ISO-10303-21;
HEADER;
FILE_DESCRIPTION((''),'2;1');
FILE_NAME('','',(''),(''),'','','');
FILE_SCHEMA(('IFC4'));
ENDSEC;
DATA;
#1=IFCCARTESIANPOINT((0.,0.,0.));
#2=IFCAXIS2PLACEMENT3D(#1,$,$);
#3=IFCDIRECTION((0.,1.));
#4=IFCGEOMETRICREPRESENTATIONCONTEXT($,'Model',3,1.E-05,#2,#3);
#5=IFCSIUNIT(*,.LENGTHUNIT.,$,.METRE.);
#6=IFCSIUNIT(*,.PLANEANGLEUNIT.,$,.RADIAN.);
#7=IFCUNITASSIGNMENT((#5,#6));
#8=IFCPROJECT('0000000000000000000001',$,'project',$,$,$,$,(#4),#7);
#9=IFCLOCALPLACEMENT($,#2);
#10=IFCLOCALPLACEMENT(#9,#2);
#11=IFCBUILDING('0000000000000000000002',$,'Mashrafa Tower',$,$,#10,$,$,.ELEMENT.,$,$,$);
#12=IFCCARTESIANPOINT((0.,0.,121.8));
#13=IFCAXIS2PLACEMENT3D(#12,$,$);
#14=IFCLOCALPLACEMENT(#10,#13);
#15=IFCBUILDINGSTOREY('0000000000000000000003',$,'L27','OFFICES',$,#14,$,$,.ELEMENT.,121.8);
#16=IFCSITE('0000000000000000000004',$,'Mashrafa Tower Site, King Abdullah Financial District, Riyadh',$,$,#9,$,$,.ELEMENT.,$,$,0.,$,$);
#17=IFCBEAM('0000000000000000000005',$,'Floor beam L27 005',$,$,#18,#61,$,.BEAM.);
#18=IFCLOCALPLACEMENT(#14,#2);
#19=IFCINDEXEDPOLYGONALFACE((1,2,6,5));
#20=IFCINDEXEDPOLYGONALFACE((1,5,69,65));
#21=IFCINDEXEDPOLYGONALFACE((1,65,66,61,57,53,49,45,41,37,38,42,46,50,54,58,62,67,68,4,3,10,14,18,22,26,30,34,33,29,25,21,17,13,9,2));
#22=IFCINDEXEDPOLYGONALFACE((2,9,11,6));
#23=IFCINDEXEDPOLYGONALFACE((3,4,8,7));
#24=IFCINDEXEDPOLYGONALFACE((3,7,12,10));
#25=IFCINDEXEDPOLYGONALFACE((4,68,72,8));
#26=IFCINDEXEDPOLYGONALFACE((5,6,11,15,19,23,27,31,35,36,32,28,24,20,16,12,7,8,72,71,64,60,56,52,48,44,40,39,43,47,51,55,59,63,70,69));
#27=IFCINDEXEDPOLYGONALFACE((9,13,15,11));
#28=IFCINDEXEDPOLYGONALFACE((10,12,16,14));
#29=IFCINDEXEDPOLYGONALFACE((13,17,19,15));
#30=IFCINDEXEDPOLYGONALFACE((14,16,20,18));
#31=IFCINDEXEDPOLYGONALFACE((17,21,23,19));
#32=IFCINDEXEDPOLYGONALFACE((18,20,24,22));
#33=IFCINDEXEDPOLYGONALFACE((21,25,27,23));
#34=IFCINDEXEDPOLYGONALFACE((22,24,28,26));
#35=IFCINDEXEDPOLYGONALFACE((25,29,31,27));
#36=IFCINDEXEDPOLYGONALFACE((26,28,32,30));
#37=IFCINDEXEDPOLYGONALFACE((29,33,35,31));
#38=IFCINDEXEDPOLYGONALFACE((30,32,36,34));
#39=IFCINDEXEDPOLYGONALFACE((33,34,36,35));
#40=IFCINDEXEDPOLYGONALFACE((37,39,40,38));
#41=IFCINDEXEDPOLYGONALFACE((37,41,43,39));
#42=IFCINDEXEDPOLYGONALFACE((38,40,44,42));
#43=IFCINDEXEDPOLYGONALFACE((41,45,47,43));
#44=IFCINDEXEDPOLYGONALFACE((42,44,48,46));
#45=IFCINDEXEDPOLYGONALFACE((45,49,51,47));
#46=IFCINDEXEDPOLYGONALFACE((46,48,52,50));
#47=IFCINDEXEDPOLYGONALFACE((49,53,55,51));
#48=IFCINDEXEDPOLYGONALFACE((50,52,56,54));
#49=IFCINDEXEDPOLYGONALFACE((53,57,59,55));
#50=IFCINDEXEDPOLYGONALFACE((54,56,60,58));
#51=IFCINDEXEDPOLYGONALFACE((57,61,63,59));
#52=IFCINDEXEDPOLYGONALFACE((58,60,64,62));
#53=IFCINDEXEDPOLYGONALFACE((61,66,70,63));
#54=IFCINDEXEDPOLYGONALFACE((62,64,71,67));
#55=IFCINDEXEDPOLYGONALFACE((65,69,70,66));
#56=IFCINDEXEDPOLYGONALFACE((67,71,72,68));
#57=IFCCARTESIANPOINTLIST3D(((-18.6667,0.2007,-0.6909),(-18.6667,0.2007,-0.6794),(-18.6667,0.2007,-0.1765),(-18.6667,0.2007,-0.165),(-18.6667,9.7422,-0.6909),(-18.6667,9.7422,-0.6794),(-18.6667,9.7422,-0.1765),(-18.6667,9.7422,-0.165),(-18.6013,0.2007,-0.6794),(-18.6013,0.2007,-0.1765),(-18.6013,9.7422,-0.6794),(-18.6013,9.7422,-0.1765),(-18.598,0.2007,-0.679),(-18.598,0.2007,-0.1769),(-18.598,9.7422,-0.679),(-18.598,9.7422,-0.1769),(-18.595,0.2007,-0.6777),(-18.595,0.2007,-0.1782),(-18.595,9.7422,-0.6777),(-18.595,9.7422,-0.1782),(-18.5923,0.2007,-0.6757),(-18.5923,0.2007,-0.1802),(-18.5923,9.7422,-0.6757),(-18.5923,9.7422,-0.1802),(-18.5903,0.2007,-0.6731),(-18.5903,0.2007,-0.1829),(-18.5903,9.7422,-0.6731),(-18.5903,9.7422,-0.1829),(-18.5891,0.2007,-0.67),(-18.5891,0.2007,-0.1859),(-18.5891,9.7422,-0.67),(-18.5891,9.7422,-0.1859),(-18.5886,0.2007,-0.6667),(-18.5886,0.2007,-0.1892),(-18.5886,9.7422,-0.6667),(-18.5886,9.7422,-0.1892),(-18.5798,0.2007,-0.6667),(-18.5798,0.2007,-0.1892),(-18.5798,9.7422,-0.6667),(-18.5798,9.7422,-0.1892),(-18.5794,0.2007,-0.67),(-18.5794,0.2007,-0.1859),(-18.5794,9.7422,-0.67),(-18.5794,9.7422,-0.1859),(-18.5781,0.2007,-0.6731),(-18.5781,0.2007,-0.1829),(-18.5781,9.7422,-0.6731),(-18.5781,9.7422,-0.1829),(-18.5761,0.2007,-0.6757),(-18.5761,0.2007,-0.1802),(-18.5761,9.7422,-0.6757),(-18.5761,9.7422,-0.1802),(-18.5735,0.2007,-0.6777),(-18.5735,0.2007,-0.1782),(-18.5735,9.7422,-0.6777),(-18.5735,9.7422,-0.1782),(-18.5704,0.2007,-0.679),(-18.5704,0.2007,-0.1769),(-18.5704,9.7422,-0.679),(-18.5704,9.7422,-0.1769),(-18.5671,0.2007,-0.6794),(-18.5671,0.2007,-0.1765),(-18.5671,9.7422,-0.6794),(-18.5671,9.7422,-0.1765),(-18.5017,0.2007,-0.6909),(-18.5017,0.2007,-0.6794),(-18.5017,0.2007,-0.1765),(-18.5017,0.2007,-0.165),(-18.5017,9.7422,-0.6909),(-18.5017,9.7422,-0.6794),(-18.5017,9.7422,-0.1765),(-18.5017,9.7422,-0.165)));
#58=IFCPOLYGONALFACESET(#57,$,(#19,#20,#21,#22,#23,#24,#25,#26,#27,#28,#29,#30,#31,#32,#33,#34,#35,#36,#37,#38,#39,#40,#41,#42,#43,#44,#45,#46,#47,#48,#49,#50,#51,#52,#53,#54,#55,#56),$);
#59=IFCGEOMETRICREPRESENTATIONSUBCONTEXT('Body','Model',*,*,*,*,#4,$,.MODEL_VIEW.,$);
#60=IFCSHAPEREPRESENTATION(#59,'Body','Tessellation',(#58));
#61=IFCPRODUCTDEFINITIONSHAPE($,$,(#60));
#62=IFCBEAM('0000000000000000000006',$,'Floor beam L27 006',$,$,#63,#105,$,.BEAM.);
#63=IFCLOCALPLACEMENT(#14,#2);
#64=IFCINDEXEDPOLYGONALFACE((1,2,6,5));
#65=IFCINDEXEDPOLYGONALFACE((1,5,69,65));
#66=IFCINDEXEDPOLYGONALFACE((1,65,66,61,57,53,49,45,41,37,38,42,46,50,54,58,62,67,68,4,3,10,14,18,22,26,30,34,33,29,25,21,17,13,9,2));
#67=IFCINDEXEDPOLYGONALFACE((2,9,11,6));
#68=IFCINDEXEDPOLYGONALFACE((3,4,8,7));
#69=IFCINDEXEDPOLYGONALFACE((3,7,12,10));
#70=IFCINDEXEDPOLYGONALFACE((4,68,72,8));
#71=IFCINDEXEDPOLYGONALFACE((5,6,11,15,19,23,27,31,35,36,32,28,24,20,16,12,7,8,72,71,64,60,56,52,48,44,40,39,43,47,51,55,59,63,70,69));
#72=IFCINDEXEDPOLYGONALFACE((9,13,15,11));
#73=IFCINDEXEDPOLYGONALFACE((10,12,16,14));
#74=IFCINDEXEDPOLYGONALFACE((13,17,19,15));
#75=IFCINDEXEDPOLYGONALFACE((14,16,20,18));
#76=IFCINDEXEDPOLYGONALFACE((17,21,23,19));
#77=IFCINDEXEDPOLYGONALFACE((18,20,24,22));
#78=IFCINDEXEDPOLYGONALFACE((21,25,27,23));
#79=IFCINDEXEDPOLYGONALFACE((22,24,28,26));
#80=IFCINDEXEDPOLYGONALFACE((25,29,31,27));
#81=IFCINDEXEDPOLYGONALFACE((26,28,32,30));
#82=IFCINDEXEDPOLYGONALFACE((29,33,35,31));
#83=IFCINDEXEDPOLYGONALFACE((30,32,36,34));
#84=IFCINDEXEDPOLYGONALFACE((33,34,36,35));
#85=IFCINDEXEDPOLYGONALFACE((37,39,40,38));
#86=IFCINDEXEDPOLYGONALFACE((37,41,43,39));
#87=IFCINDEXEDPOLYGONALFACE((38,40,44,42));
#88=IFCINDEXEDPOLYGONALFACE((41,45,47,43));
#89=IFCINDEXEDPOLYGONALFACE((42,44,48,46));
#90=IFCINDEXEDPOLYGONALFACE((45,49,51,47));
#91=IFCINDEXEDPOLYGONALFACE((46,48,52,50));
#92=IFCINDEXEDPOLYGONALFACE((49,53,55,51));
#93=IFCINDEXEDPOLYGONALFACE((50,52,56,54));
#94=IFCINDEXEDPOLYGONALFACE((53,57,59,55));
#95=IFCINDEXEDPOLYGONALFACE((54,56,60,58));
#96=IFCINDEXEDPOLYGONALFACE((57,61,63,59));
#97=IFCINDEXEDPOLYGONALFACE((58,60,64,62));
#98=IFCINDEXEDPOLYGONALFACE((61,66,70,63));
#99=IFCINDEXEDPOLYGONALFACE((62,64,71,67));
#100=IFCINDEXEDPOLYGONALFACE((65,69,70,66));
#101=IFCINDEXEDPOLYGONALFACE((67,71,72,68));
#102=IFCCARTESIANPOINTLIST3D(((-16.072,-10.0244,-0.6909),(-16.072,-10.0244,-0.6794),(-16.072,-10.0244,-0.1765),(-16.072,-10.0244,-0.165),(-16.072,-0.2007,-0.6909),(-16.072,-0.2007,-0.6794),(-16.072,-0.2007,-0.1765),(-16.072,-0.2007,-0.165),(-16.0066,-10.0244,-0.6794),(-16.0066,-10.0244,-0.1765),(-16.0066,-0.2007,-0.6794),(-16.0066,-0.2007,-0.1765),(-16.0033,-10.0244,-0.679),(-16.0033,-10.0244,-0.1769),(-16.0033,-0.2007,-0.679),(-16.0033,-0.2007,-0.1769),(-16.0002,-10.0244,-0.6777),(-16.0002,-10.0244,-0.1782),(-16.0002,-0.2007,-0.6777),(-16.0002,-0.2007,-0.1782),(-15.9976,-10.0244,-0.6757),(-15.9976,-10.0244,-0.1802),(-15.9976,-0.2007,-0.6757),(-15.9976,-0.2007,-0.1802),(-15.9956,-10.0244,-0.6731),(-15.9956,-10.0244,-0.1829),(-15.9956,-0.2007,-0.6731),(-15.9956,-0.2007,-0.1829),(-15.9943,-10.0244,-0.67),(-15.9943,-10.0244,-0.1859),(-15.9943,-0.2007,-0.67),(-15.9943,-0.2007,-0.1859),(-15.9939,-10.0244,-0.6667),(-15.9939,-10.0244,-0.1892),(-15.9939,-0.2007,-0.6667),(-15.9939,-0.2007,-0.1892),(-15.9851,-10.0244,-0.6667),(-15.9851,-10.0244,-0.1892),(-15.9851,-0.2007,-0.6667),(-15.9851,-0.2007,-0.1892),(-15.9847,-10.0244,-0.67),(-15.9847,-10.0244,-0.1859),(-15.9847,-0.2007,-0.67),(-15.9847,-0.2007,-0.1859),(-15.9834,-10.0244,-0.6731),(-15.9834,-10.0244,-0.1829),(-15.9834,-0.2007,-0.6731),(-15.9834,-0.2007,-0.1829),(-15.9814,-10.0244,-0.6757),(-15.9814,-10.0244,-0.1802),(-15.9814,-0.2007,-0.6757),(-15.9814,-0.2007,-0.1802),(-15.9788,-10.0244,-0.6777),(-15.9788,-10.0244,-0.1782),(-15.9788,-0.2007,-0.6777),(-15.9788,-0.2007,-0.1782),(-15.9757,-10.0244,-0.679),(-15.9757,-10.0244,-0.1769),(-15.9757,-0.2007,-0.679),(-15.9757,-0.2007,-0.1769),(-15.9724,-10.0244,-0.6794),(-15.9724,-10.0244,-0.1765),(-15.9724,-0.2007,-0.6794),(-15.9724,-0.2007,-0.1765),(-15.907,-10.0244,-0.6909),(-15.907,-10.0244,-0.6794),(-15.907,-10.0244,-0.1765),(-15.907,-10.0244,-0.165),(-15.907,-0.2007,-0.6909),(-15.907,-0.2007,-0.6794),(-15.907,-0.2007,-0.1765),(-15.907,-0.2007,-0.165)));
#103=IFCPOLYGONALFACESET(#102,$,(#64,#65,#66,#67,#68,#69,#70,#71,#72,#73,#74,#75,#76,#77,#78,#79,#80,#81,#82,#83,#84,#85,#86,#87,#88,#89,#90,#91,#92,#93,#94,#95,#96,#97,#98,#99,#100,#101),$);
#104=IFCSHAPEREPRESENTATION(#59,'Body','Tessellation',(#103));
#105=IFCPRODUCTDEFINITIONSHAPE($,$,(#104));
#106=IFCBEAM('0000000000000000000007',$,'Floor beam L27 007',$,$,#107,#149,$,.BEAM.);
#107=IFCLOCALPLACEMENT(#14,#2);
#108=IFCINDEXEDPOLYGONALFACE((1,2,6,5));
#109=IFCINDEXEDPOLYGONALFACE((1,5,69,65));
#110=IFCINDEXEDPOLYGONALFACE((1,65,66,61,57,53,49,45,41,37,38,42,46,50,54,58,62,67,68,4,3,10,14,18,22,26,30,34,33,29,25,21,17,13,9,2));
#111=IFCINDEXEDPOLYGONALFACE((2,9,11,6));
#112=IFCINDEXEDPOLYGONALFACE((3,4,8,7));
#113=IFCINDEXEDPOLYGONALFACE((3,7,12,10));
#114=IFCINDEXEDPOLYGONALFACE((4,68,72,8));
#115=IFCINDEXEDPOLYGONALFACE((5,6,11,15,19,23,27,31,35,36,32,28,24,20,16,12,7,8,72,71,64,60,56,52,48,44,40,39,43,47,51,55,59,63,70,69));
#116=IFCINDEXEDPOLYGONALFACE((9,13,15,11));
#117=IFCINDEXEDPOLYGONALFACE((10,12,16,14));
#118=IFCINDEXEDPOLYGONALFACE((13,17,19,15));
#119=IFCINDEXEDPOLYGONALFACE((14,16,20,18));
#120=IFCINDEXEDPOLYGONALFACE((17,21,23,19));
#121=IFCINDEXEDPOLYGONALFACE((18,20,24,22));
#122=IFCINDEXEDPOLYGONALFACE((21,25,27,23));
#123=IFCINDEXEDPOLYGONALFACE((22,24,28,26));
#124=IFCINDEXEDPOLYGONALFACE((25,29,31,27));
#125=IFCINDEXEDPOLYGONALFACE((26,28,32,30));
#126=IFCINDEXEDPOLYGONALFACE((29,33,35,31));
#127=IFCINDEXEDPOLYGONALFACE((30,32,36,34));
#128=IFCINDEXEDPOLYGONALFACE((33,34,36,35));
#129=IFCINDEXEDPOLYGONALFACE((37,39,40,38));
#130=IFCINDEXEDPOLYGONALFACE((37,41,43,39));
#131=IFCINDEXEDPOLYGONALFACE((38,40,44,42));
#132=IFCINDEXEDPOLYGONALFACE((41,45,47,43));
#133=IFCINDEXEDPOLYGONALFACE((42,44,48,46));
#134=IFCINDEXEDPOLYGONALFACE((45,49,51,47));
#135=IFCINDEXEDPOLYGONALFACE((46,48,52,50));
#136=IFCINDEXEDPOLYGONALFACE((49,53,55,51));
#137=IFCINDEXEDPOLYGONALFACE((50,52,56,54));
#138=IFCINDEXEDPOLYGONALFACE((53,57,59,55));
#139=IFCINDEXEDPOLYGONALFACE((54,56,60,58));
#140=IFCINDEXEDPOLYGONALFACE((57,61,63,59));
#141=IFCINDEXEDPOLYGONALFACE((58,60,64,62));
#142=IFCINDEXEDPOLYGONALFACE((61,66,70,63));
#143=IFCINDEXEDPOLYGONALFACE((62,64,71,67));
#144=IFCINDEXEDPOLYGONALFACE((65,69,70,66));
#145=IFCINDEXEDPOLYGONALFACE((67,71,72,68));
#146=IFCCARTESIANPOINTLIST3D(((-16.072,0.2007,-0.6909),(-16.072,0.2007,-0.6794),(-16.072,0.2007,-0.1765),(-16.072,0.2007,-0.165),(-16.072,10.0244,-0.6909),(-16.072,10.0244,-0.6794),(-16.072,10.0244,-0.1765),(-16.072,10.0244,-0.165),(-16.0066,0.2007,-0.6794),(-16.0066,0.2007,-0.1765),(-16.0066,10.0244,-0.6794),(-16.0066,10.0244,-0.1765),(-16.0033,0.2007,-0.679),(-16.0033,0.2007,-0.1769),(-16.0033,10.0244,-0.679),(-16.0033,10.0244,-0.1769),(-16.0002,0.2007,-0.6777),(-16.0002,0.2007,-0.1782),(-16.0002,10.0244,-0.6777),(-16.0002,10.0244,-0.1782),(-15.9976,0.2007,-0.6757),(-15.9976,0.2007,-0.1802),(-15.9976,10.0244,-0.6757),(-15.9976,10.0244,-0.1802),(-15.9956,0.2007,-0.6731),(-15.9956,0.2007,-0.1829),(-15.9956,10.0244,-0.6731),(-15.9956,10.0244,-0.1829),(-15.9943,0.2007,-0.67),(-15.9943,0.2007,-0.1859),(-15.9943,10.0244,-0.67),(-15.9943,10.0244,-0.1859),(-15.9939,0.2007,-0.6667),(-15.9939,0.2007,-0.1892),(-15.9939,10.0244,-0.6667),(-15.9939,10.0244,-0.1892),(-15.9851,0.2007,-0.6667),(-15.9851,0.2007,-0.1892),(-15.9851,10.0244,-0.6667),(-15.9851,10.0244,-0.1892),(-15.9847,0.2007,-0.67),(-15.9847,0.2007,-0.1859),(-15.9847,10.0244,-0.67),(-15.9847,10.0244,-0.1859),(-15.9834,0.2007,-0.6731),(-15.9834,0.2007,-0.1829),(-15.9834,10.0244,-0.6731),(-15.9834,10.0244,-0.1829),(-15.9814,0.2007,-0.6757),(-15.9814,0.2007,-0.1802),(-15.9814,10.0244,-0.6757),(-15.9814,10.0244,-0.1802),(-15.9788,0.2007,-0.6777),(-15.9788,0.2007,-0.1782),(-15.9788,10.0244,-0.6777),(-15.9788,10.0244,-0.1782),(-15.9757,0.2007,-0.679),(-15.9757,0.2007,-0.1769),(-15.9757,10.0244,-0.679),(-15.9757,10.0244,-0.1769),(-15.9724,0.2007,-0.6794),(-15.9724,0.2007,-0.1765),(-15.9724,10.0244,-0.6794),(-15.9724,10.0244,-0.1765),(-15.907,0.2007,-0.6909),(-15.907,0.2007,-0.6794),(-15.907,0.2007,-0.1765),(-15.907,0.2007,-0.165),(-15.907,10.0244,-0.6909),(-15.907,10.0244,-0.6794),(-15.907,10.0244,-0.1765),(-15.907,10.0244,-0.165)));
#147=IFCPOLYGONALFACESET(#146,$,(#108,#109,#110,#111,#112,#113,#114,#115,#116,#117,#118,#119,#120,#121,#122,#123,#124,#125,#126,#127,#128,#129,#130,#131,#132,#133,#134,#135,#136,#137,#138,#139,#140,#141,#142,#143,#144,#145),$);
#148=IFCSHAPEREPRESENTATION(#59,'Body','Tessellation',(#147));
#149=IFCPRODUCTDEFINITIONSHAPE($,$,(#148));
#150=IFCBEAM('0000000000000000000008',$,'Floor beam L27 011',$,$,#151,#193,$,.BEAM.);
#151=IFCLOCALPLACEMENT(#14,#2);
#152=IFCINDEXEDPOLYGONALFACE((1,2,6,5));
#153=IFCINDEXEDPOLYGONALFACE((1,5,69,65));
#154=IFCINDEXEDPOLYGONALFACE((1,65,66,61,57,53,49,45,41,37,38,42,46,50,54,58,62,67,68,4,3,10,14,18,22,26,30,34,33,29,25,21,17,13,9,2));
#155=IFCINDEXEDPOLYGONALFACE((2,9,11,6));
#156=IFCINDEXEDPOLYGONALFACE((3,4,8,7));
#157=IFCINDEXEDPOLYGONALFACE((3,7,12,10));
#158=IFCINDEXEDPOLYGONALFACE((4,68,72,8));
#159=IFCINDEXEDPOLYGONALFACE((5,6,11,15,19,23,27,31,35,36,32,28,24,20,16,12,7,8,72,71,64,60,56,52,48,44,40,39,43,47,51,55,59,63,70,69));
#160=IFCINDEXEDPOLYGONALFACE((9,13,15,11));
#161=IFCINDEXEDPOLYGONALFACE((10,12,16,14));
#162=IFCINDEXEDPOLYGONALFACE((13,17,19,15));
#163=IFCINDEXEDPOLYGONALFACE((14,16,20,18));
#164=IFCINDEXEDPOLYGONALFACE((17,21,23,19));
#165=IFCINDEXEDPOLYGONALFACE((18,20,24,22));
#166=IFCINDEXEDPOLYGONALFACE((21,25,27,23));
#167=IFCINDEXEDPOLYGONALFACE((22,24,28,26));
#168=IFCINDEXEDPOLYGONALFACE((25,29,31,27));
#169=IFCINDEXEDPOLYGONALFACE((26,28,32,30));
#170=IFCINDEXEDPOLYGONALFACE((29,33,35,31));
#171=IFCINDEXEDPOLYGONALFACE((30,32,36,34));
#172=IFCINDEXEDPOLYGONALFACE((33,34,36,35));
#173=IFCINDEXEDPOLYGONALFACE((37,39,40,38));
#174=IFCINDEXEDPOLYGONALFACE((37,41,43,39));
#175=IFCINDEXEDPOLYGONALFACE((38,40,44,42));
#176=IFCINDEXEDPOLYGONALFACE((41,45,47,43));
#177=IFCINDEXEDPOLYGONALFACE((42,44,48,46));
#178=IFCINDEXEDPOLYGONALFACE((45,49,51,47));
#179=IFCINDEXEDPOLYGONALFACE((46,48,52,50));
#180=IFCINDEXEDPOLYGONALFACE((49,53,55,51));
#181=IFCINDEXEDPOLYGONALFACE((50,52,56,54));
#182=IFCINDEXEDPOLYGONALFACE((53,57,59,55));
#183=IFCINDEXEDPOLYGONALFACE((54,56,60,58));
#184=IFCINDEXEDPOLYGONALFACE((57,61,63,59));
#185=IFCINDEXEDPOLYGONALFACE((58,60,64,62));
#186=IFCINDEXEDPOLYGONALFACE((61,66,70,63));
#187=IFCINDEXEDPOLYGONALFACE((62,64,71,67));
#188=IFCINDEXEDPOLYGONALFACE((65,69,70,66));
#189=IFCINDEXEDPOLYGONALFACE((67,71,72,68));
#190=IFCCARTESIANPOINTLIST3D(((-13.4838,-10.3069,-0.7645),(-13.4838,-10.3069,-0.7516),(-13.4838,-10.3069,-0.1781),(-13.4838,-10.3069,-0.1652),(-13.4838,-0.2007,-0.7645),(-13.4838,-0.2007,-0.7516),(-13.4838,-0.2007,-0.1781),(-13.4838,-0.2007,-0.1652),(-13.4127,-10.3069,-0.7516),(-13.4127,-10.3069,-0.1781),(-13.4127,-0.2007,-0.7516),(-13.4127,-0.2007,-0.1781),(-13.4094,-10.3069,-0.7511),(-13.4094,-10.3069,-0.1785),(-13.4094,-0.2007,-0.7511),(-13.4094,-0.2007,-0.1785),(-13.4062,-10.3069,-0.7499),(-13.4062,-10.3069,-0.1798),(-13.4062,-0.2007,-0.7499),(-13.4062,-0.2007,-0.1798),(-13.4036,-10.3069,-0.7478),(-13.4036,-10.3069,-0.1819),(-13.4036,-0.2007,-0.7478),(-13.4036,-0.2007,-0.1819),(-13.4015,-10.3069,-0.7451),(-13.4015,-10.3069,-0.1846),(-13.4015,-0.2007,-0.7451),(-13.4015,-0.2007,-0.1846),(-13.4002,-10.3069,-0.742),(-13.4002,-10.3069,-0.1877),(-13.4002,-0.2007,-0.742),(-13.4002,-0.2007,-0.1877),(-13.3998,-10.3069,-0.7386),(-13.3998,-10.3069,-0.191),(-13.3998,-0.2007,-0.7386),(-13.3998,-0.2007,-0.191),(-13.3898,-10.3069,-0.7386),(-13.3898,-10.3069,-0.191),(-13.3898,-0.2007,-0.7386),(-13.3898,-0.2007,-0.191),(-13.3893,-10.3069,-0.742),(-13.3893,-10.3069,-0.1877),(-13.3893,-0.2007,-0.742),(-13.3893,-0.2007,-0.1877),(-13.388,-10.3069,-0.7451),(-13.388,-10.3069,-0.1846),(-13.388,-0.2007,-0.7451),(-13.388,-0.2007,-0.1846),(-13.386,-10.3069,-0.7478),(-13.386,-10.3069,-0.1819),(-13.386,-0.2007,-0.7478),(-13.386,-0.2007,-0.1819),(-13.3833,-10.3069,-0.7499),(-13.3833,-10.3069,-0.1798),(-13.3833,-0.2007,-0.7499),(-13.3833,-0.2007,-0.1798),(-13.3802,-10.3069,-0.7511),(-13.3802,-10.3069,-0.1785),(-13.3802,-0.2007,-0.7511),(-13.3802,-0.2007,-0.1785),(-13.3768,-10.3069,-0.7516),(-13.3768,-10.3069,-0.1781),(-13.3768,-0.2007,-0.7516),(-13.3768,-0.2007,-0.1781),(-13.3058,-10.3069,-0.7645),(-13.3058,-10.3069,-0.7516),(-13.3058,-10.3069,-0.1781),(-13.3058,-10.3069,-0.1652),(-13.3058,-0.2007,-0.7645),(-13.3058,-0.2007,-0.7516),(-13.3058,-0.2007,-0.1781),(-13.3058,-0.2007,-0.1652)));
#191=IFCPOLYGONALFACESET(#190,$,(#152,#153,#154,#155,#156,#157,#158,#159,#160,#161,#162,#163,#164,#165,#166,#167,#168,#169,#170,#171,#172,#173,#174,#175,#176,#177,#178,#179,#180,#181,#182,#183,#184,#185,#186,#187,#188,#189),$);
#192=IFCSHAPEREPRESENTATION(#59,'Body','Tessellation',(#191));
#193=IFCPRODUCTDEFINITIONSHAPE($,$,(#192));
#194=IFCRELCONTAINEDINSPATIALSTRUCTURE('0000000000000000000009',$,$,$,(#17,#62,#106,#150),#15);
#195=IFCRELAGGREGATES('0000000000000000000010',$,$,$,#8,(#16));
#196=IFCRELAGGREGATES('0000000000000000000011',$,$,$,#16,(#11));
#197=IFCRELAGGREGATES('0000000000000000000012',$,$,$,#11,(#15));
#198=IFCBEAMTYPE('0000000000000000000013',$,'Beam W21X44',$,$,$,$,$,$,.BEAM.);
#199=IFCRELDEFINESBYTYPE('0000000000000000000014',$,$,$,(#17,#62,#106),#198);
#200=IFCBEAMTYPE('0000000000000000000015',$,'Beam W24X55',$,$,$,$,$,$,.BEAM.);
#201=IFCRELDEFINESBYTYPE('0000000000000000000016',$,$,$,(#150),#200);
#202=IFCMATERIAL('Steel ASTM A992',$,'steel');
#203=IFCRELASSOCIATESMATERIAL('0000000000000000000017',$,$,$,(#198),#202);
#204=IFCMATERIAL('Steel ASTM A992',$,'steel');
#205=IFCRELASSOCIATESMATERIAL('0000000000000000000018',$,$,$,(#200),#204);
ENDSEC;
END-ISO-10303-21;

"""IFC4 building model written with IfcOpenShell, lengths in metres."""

from ifc_helpers import new_model, si_unit, direction, frame, origin, origin_2d, place, context, subcontext, project, spatial, i_section, extrude, material, material_profile, profile_set, type_object, element, save


model = new_model("IFC4")

# Units and contexts
model_context = context("Model", 3, precision=1e-05, world=origin(), true_north=direction((0.0, 1.0)))
body_context = subcontext(model_context, "Body", "Model", "MODEL_VIEW")
ifc_project = project(units=[si_unit("LENGTHUNIT", "METRE"), si_unit("PLANEANGLEUNIT", "RADIAN")], contexts=[model_context])

# Site, building, storey
site_placement = place(None, origin())
site = spatial("IfcSite", under=ifc_project, at=site_placement, Name="Mashrafa Tower Site, King Abdullah Financial District, Riyadh", CompositionType="ELEMENT", RefElevation=0.0)
building_placement = place(site_placement, origin())
building = spatial("IfcBuilding", under=site, at=building_placement, Name="Mashrafa Tower", CompositionType="ELEMENT")
storey_placement = place(building_placement, frame((0.0, 0.0, 121.8)))
storey = spatial("IfcBuildingStorey", under=building, at=storey_placement, Name="L27", Description="OFFICES", CompositionType="ELEMENT", Elevation=121.8)

# Beams
ifc_material_1 = material(Name="Steel ASTM A992", Category="steel")
ifc_material_profile_1 = material_profile(ifc_material_1, i_section(OverallWidth=0.165, OverallDepth=0.5259, WebThickness=0.0088, FlangeThickness=0.0115, FilletRadius=0.0127, at=origin_2d()), Name="W21X44")
ifc_profile_set_1 = profile_set([ifc_material_profile_1], Name="Steel ASTM A992")
beam_type_1 = type_object("IfcBeamType", Name="Beam W21X44", PredefinedType="BEAM", material=ifc_profile_set_1)
beam_1_placement = place(storey_placement, frame((-18.5842, 0.2007, -0.428), z_axis=(0.0, 1.0, 0.0), x_axis=(-1.0, 0.0, 0.0)))
element("IfcBeam", 1, at=beam_1_placement, inside=storey, type_object=beam_type_1, Name="Floor beam L27 005", PredefinedType="BEAM", context=body_context, shape_type="SweptSolid", body=[
    extrude(i_section(OverallWidth=0.165, OverallDepth=0.5259, WebThickness=0.0088, FlangeThickness=0.0115, FilletRadius=0.0127, at=origin_2d()), origin(), (0.0, 0.0, 1.0), 9.5415),
])
for number, where, z_axis, x_axis, name in (
    (2, (-15.9895, -10.0244, -0.428), (0.0, 1.0, 0.0), (-1.0, 0.0, 0.0), "Floor beam L27 006"),
    (3, (-15.9895, 0.2007, -0.428), (0.0, 1.0, 0.0), (-1.0, 0.0, 0.0), "Floor beam L27 007"),
):
    element("IfcBeam", number, at=place(storey_placement, frame(where, z_axis=z_axis, x_axis=x_axis)), inside=storey, type_object=beam_type_1, Name=name, PredefinedType="BEAM", context=body_context, shape_type="SweptSolid", body=[
        extrude(i_section(OverallWidth=0.165, OverallDepth=0.5259, WebThickness=0.0088, FlangeThickness=0.0115, FilletRadius=0.0127, at=origin_2d()), origin(), (0.0, 0.0, 1.0), 9.8237),
    ])
ifc_material_2 = material(Name="Steel ASTM A992", Category="steel")
ifc_material_profile_2 = material_profile(ifc_material_2, i_section(OverallWidth=0.178, OverallDepth=0.5994, WebThickness=0.01, FlangeThickness=0.0129, FilletRadius=0.0129, at=origin_2d()), Name="W24X55")
ifc_profile_set_2 = profile_set([ifc_material_profile_2], Name="Steel ASTM A992")
beam_type_2 = type_object("IfcBeamType", Name="Beam W24X55", PredefinedType="BEAM", material=ifc_profile_set_2)
for number, where, z_axis, x_axis, name in (
    (4, (-13.3948, -10.3069, -0.4648), (0.0, 1.0, 0.0), (-1.0, 0.0, 0.0), "Floor beam L27 011"),
):
    element("IfcBeam", number, at=place(storey_placement, frame(where, z_axis=z_axis, x_axis=x_axis)), inside=storey, type_object=beam_type_2, Name=name, PredefinedType="BEAM", context=body_context, shape_type="SweptSolid", body=[
        extrude(i_section(OverallWidth=0.178, OverallDepth=0.5994, WebThickness=0.01, FlangeThickness=0.0129, FilletRadius=0.0129, at=origin_2d()), origin(), (0.0, 0.0, 1.0), 10.1062),
    ])

save(model, "model.ifc")
